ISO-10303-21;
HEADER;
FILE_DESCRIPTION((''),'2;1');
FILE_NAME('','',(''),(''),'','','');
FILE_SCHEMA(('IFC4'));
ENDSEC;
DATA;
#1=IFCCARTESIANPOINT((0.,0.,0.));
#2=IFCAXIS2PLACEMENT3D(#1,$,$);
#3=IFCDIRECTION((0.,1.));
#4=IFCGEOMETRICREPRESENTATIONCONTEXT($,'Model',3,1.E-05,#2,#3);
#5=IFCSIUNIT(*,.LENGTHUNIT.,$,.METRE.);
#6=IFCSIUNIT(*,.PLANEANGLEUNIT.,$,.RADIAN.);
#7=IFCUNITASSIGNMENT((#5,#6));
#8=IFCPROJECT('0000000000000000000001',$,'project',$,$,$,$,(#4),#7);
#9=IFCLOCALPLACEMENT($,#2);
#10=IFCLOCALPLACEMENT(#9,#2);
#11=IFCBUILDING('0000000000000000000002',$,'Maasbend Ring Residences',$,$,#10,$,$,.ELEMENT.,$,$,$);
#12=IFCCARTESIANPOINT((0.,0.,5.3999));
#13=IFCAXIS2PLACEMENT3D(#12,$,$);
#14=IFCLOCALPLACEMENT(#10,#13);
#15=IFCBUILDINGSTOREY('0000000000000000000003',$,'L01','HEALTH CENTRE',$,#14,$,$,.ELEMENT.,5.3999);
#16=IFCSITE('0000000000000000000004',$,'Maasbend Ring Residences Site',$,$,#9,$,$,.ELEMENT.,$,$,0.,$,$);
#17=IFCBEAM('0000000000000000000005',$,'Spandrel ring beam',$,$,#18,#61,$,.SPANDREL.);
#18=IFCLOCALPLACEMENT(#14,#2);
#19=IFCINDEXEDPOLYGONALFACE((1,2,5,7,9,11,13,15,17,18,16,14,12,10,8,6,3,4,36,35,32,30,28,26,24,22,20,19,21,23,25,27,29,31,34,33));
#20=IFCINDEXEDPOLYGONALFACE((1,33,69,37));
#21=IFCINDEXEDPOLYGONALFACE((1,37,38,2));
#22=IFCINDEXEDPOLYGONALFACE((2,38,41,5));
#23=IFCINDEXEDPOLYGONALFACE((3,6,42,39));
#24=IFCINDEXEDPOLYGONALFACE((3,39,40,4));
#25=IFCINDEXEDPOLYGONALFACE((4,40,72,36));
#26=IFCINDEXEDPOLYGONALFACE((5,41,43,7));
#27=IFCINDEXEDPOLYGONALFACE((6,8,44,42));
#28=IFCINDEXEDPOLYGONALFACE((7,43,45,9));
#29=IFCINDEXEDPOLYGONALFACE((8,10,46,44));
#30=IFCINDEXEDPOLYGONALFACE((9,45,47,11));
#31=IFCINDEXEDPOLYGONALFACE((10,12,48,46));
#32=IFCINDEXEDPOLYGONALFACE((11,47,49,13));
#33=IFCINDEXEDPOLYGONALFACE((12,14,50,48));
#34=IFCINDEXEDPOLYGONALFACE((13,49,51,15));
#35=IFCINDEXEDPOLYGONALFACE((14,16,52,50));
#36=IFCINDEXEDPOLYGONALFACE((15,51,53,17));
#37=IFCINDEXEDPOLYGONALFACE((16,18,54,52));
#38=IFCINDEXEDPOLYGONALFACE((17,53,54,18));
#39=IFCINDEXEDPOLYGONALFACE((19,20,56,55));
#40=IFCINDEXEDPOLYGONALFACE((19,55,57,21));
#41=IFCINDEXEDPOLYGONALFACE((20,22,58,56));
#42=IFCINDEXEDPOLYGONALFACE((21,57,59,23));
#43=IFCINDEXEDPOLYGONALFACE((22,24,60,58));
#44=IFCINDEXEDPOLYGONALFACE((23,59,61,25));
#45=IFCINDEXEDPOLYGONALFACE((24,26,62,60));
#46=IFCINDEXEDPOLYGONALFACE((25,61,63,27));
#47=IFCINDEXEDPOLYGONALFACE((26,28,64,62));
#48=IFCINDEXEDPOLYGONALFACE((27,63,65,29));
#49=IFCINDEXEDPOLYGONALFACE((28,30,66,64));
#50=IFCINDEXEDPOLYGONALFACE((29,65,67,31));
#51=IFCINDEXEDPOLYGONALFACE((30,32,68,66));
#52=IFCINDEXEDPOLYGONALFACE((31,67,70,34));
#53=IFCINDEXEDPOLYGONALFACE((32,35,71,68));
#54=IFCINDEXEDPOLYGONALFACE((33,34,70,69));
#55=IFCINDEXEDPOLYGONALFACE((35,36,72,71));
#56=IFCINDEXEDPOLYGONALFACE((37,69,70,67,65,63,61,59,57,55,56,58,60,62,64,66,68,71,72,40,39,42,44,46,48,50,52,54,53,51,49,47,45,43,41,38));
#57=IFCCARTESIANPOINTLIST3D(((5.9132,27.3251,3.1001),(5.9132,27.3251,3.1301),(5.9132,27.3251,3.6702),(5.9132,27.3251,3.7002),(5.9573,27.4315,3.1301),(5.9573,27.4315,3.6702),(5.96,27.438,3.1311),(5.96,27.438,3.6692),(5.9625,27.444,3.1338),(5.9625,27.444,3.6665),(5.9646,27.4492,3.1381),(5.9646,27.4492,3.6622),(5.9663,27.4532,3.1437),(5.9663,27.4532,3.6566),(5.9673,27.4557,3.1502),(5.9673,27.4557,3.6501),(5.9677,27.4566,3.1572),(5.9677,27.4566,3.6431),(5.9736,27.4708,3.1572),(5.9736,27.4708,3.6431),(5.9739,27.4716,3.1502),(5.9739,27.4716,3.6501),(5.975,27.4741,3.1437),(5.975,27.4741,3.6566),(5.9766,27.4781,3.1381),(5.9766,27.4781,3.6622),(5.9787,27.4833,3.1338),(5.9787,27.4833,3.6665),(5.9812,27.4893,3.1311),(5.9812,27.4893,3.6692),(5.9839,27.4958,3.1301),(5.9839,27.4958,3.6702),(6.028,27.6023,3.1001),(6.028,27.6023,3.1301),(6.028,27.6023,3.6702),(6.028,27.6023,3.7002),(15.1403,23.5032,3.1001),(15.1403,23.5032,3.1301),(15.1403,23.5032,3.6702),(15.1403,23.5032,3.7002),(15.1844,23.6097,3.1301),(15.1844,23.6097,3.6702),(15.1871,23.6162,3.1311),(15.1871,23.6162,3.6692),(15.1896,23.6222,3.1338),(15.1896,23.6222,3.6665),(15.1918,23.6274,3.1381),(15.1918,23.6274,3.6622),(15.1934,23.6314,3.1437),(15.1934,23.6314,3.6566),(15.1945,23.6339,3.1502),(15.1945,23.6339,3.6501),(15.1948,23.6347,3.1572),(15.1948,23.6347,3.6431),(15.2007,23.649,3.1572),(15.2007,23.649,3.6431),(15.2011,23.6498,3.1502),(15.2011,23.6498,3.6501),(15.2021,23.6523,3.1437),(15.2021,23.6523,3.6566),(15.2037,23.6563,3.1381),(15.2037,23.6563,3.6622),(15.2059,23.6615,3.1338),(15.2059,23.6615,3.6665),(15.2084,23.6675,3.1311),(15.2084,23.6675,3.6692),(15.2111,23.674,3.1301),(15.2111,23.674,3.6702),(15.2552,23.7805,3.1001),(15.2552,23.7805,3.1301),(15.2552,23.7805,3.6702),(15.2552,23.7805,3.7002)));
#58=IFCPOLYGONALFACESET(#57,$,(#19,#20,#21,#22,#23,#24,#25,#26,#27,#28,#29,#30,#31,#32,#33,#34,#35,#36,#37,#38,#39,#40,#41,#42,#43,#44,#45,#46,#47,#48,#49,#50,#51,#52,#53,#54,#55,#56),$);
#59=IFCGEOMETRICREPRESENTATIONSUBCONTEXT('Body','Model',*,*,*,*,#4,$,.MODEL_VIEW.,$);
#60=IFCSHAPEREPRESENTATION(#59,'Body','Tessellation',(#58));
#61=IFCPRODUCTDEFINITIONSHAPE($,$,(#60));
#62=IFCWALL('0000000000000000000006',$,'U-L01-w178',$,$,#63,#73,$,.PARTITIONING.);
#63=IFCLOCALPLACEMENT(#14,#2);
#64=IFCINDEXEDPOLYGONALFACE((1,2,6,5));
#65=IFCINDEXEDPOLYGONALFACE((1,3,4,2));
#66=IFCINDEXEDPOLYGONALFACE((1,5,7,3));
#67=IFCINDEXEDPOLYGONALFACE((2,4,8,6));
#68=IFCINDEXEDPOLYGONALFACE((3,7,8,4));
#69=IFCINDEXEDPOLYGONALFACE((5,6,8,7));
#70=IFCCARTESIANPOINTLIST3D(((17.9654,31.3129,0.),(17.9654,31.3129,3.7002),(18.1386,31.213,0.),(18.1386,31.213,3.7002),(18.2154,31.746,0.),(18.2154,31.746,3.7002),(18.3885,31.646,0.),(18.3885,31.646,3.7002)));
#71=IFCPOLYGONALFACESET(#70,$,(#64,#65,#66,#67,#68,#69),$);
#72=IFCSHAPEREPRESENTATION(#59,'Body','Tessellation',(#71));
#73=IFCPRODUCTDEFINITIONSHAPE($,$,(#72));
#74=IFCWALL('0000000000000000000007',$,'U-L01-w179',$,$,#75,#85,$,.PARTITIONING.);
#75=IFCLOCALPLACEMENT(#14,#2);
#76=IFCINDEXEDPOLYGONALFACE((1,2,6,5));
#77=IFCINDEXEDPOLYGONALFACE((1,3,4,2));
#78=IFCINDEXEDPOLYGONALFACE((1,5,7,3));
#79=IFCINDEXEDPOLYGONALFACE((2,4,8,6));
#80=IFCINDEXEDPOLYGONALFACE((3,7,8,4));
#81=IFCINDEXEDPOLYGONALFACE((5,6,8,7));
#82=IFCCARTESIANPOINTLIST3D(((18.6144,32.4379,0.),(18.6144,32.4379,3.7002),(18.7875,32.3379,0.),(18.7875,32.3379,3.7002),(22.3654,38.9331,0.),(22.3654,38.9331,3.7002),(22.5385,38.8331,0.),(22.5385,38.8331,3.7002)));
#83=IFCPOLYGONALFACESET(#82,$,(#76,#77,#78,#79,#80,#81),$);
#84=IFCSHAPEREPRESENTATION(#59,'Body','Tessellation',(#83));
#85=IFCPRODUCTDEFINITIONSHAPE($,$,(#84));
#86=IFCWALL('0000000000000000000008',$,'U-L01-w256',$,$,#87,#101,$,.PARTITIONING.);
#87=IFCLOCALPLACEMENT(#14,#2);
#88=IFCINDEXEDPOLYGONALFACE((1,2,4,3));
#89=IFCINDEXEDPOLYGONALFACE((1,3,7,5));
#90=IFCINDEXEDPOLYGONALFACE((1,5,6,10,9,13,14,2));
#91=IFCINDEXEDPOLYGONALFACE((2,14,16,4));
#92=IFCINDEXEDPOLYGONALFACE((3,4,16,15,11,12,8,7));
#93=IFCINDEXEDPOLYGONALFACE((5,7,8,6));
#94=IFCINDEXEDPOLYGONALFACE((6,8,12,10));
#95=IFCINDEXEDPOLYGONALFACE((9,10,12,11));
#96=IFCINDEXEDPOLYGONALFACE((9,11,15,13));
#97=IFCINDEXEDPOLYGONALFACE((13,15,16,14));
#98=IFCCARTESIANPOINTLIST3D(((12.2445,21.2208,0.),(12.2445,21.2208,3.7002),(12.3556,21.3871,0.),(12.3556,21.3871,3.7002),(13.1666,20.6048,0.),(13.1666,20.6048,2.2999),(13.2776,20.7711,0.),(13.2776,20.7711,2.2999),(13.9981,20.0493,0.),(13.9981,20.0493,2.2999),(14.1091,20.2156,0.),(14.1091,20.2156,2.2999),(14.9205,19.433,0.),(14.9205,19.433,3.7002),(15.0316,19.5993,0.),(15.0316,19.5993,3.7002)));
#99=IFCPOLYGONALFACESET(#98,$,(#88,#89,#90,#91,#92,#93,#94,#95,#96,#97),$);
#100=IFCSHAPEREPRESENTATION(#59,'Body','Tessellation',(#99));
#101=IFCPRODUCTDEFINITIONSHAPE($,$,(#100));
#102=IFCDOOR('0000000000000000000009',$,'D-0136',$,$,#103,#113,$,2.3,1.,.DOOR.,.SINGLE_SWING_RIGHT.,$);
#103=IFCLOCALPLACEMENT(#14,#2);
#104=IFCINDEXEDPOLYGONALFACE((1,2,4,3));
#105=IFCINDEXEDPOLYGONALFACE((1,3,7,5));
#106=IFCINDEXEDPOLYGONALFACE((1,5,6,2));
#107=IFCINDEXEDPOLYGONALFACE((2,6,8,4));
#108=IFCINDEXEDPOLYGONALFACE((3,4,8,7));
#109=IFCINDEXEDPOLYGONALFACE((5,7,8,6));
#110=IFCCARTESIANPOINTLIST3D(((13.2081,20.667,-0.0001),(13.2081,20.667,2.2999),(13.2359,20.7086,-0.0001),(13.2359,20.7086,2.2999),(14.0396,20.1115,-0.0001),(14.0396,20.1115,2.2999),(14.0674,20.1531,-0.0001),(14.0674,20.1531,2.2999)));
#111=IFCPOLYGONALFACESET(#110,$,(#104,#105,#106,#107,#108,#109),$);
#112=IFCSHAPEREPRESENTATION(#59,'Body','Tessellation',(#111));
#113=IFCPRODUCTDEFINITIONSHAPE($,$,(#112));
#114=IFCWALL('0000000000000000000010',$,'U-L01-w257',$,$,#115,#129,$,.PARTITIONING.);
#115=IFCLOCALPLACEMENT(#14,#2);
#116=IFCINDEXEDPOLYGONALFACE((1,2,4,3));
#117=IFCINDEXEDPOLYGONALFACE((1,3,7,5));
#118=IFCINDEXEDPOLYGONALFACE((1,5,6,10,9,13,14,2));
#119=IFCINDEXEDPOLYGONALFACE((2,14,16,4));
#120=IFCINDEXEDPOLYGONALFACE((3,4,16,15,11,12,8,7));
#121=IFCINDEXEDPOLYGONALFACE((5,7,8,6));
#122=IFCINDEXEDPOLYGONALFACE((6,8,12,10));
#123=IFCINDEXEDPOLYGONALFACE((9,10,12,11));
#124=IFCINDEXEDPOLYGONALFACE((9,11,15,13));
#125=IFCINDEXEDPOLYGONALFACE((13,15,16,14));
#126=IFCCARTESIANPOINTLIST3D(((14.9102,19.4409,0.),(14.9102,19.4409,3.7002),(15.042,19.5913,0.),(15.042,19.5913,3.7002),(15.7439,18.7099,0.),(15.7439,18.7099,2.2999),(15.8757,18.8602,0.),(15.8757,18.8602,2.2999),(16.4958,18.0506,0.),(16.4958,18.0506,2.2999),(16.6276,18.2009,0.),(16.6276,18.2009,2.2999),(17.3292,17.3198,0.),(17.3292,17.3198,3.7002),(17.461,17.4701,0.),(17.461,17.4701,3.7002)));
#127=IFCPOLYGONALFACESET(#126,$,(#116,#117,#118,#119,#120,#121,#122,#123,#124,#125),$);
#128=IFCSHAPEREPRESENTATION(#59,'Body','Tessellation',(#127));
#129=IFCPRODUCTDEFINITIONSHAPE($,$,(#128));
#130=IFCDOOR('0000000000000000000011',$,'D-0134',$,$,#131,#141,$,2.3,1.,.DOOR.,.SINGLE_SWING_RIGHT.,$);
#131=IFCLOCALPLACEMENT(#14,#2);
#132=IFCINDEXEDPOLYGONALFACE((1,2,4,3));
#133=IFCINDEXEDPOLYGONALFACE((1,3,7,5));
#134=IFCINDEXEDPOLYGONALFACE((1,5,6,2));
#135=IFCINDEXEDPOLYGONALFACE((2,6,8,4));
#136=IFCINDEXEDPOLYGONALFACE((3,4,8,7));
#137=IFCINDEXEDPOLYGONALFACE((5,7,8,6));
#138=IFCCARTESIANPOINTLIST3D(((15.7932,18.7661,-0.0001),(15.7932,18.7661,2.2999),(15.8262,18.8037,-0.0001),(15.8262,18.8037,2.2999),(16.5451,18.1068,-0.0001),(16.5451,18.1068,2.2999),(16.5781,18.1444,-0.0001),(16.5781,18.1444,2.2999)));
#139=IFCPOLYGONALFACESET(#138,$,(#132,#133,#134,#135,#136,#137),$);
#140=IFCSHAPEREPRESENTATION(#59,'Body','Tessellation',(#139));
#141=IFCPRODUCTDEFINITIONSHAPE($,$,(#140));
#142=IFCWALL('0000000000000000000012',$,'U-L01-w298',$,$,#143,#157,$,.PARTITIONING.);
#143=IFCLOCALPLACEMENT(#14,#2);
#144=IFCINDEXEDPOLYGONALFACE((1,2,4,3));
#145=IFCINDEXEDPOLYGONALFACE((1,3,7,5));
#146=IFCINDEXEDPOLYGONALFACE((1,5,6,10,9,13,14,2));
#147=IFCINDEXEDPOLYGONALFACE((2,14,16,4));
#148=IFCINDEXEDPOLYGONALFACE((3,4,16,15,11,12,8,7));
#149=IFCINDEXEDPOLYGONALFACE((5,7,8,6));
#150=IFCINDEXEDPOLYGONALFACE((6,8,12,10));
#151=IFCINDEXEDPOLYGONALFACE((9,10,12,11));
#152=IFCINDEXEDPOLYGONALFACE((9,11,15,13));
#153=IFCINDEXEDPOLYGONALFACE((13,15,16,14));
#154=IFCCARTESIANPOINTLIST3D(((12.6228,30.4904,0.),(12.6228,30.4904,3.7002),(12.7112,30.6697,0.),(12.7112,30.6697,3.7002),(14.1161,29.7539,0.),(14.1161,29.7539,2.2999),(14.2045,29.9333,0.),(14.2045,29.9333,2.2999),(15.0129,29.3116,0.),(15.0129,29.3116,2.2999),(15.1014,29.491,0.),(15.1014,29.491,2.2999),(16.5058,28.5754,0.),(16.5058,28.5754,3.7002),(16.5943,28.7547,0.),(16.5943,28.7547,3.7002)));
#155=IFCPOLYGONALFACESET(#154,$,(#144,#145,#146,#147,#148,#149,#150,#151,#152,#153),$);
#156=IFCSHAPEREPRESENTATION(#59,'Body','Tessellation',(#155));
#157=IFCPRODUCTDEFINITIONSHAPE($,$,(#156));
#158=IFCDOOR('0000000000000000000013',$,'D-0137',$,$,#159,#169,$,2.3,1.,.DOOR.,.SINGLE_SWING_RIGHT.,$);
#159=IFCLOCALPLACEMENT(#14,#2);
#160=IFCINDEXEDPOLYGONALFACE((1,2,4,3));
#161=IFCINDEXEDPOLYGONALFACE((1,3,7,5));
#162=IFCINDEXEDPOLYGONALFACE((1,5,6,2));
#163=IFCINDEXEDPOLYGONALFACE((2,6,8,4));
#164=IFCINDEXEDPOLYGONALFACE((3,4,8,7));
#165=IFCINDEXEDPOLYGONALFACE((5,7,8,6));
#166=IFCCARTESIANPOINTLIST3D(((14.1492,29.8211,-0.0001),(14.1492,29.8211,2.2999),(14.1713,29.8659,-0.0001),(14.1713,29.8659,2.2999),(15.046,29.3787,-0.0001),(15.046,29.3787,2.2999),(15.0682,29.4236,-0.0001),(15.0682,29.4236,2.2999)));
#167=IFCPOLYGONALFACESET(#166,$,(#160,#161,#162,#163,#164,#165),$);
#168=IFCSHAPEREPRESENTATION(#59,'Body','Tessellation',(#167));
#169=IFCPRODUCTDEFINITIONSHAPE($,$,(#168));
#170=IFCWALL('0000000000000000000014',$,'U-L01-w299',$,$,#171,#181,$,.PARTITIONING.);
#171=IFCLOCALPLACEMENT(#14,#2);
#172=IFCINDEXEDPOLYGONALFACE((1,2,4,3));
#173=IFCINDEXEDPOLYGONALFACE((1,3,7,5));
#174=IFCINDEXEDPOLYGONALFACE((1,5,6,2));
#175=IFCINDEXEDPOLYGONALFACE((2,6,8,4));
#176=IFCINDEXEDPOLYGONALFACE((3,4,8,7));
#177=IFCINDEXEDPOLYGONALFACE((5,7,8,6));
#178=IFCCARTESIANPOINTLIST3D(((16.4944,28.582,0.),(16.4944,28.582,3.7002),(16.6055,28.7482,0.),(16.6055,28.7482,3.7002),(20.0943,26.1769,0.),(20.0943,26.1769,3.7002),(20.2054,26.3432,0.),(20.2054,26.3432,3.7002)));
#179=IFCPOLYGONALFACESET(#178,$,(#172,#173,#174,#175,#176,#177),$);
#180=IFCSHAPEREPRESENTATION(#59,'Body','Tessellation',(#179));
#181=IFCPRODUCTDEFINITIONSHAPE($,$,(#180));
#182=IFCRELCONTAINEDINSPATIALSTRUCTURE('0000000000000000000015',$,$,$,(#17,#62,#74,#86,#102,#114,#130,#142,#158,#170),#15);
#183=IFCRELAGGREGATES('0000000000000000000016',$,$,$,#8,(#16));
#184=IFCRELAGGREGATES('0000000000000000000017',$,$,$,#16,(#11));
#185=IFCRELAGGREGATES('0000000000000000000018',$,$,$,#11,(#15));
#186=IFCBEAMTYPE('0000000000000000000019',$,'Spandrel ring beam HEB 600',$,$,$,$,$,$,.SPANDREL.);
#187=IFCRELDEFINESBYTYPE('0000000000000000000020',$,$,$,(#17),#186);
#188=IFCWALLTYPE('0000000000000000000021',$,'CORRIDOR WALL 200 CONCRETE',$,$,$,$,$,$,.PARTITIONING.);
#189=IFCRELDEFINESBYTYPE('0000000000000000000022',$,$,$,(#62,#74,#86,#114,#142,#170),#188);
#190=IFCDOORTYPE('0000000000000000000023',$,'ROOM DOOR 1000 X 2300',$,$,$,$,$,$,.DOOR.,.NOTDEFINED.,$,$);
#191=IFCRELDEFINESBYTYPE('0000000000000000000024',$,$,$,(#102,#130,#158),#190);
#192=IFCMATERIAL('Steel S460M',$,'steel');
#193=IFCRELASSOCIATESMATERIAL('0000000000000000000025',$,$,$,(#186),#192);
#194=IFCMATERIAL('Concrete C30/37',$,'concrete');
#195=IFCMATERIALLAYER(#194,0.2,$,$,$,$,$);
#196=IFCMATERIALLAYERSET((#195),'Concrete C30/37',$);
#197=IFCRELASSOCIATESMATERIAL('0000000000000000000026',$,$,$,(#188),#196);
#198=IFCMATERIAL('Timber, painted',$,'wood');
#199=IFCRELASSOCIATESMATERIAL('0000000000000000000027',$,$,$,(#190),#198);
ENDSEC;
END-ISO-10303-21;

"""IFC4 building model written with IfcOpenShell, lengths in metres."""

from ifc_helpers import new_model, si_unit, direction, frame, frame_2d, origin, origin_2d, place, context, subcontext, project, spatial, rectangle, i_section, extrude, material, layer, layer_set, material_profile, profile_set, type_object, element, fill, save


model = new_model("IFC4")

# Units and contexts
model_context = context("Model", 3, precision=1e-05, world=origin(), true_north=direction((0.0, 1.0)))
body_context = subcontext(model_context, "Body", "Model", "MODEL_VIEW")
ifc_project = project(units=[si_unit("LENGTHUNIT", "METRE"), si_unit("PLANEANGLEUNIT", "RADIAN")], contexts=[model_context])

# Site, building, storey
site_placement = place(None, origin())
site = spatial("IfcSite", under=ifc_project, at=site_placement, Name="Maasbend Ring Residences Site", CompositionType="ELEMENT", RefElevation=0.0)
building_placement = place(site_placement, origin())
building = spatial("IfcBuilding", under=site, at=building_placement, Name="Maasbend Ring Residences", CompositionType="ELEMENT")
storey_placement = place(building_placement, frame((0.0, 0.0, 5.3999)))
storey = spatial("IfcBuildingStorey", under=building, at=storey_placement, Name="L01", Description="HEALTH CENTRE", CompositionType="ELEMENT", Elevation=5.3999)

# Beam
ifc_material_1 = material(Name="Steel S460M", Category="steel")
ifc_material_profile_1 = material_profile(ifc_material_1, i_section(OverallWidth=0.3, OverallDepth=0.6001, WebThickness=0.0154, FlangeThickness=0.03, FilletRadius=0.0271, at=origin_2d()), Name="HEB 600")
ifc_profile_set_1 = profile_set([ifc_material_profile_1], Name="Steel S460M")
beam_type_1 = type_object("IfcBeamType", Name="Spandrel ring beam HEB 600", PredefinedType="SPANDREL", material=ifc_profile_set_1)
beam_1_placement = place(storey_placement, frame((15.1978, 23.6418, 3.4001), z_axis=(-0.923886, 0.382667, 0.0), x_axis=(-0.382667, -0.923886, 0.0)))
element("IfcBeam", 1, at=beam_1_placement, inside=storey, type_object=beam_type_1, Name="Spandrel ring beam", PredefinedType="SPANDREL", context=body_context, shape_type="SweptSolid", body=[
    extrude(i_section(OverallWidth=0.3, OverallDepth=0.6001, WebThickness=0.0154, FlangeThickness=0.03, FilletRadius=0.0271, at=origin_2d()), origin(), (0.0, 0.0, 1.0), 9.9873),
])

# Walls
ifc_material_2 = material(Name="Concrete C30/37", Category="concrete")
ifc_layer_1 = layer(ifc_material_2, 0.2)
ifc_layer_set_1 = layer_set([ifc_layer_1], Name="Concrete C30/37")
wall_type_1 = type_object("IfcWallType", Name="CORRIDOR WALL 200 CONCRETE", PredefinedType="PARTITIONING", material=ifc_layer_set_1)
wall_1_placement = place(storey_placement, frame((18.052, 31.2629, 0.0), z_axis=(0.0, 0.0, 1.0), x_axis=(0.49992, 0.866072, 0.0)))
element("IfcWall", 2, at=wall_1_placement, inside=storey, type_object=wall_type_1, Name="U-L01-w178", PredefinedType="PARTITIONING", context=body_context, shape_type="SweptSolid", body=[
    extrude(rectangle(XDim=0.5, YDim=0.2, at=frame_2d((0.25, 0.0))), origin(), (0.0, 0.0, 1.0), 3.7002),
])
wall_2_placement = place(storey_placement, frame((18.7009, 32.3879, 0.0), z_axis=(0.0, 0.0, 1.0), x_axis=(0.500102, 0.865967, 0.0)))
element("IfcWall", 3, at=wall_2_placement, inside=storey, type_object=wall_type_1, Name="U-L01-w179", PredefinedType="PARTITIONING", context=body_context, shape_type="SweptSolid", body=[
    extrude(rectangle(XDim=7.5005, YDim=0.2, at=frame_2d((3.7502, 0.0))), origin(), (0.0, 0.0, 1.0), 3.7002),
])

# Walls, openings, doors
wall_3_placement = place(storey_placement, frame((12.3, 21.304, 0.0), z_axis=(0.0, 0.0, 1.0), x_axis=(0.831501, -0.555523, 0.0)))
wall_3 = element("IfcWall", 4, at=wall_3_placement, inside=storey, type_object=wall_type_1, Name="U-L01-w256", PredefinedType="PARTITIONING", context=body_context, shape_type="SweptSolid", body=[
    extrude(rectangle(XDim=3.2183, YDim=0.2, at=frame_2d((1.6091, 0.0))), origin(), (0.0, 0.0, 1.0), 3.7002),
])
opening_1_placement = place(wall_3_placement, frame((1.1089, 0.0, 0.0)))
opening_1 = element("IfcOpeningElement", 5, at=opening_1_placement, cuts=wall_3, PredefinedType="OPENING", context=body_context, shape_type="SweptSolid", body=[
    extrude(rectangle(XDim=1.0, YDim=2.3, at=frame_2d((0.5, 1.1499))), frame((0.0, 0.1099, 0.0), z_axis=(0.0, -1.0, 0.0), x_axis=(1.0, 0.0, 0.0)), (0.0, 0.0, 1.0), 0.22),
])
ifc_material_3 = material(Name="Timber, painted", Category="wood")
door_type = type_object("IfcDoorType", Name="ROOM DOOR 1000 X 2300", OperationType="NOTDEFINED", PredefinedType="DOOR", material=ifc_material_3)
door_1_placement = place(opening_1_placement, origin())
door_1 = element("IfcDoor", 6, at=door_1_placement, inside=storey, type_object=door_type, Name="D-0136", OperationType="SINGLE_SWING_RIGHT", OverallHeight=2.3, OverallWidth=1.0, PredefinedType="DOOR", context=body_context, shape_type="SweptSolid", body=[
    extrude(rectangle(XDim=1.0, YDim=2.3, at=frame_2d((0.5, 1.1499))), frame((0.0, 0.0249, 0.0), z_axis=(0.0, -1.0, 0.0), x_axis=(1.0, 0.0, 0.0)), (0.0, 0.0, 1.0), 0.05),
])
fill(opening_1, door_1)
wall_4_placement = place(storey_placement, frame((14.9761, 19.5161, 0.0), z_axis=(0.0, 0.0, 1.0), x_axis=(0.751881, -0.659299, 0.0)))
wall_4 = element("IfcWall", 7, at=wall_4_placement, inside=storey, type_object=wall_type_1, Name="U-L01-w257", PredefinedType="PARTITIONING", context=body_context, shape_type="SweptSolid", body=[
    extrude(rectangle(XDim=3.2173, YDim=0.2, at=frame_2d((1.6086, 0.0))), origin(), (0.0, 0.0, 1.0), 3.7002),
])
opening_2_placement = place(wall_4_placement, frame((1.1089, 0.0, 0.0)))
opening_2 = element("IfcOpeningElement", 8, at=opening_2_placement, cuts=wall_4, PredefinedType="OPENING", context=body_context, shape_type="SweptSolid", body=[
    extrude(rectangle(XDim=1.0, YDim=2.3, at=frame_2d((0.5, 1.1499))), frame((0.0, 0.1099, 0.0), z_axis=(0.0, -1.0, 0.0), x_axis=(1.0, 0.0, 0.0)), (0.0, 0.0, 1.0), 0.22),
])
door_2_placement = place(opening_2_placement, origin())
door_2 = element("IfcDoor", 9, at=door_2_placement, inside=storey, type_object=door_type, Name="D-0134", OperationType="SINGLE_SWING_RIGHT", OverallHeight=2.3, OverallWidth=1.0, PredefinedType="DOOR", context=body_context, shape_type="SweptSolid", body=[
    extrude(rectangle(XDim=1.0, YDim=2.3, at=frame_2d((0.5, 1.1499))), frame((0.0, 0.0249, 0.0), z_axis=(0.0, -1.0, 0.0), x_axis=(1.0, 0.0, 0.0)), (0.0, 0.0, 1.0), 0.05),
])
fill(opening_2, door_2)
wall_5_placement = place(storey_placement, frame((12.667, 30.5801, 0.0), z_axis=(0.0, 0.0, 1.0), x_axis=(0.896861, -0.442312, 0.0)))
wall_5 = element("IfcWall", 10, at=wall_5_placement, inside=storey, type_object=wall_type_1, Name="U-L01-w298", PredefinedType="PARTITIONING", context=body_context, shape_type="SweptSolid", body=[
    extrude(rectangle(XDim=4.3296, YDim=0.2, at=frame_2d((2.1648, 0.0))), origin(), (0.0, 0.0, 1.0), 3.7002),
])
opening_3_placement = place(wall_5_placement, frame((1.665, 0.0, 0.0)))
opening_3 = element("IfcOpeningElement", 11, at=opening_3_placement, cuts=wall_5, PredefinedType="OPENING", context=body_context, shape_type="SweptSolid", body=[
    extrude(rectangle(XDim=1.0, YDim=2.3, at=frame_2d((0.5, 1.1499))), frame((0.0, 0.1099, 0.0), z_axis=(0.0, -1.0, 0.0), x_axis=(1.0, 0.0, 0.0)), (0.0, 0.0, 1.0), 0.22),
])
door_3_placement = place(opening_3_placement, origin())
door_3 = element("IfcDoor", 12, at=door_3_placement, inside=storey, type_object=door_type, Name="D-0137", OperationType="SINGLE_SWING_RIGHT", OverallHeight=2.3, OverallWidth=1.0, PredefinedType="DOOR", context=body_context, shape_type="SweptSolid", body=[
    extrude(rectangle(XDim=1.0, YDim=2.3, at=frame_2d((0.5, 1.1499))), frame((0.0, 0.0249, 0.0), z_axis=(0.0, -1.0, 0.0), x_axis=(1.0, 0.0, 0.0)), (0.0, 0.0, 1.0), 0.05),
])
fill(opening_3, door_3)

# Wall
wall_6_placement = place(storey_placement, frame((16.55, 28.665, 0.0), z_axis=(0.0, 0.0, 1.0), x_axis=(0.831503, -0.55552, 0.0)))
element("IfcWall", 13, at=wall_6_placement, inside=storey, type_object=wall_type_1, Name="U-L01-w299", PredefinedType="PARTITIONING", context=body_context, shape_type="SweptSolid", body=[
    extrude(rectangle(XDim=4.3293, YDim=0.2, at=frame_2d((2.1646, 0.0))), origin(), (0.0, 0.0, 1.0), 3.7002),
])

save(model, "model.ifc")
